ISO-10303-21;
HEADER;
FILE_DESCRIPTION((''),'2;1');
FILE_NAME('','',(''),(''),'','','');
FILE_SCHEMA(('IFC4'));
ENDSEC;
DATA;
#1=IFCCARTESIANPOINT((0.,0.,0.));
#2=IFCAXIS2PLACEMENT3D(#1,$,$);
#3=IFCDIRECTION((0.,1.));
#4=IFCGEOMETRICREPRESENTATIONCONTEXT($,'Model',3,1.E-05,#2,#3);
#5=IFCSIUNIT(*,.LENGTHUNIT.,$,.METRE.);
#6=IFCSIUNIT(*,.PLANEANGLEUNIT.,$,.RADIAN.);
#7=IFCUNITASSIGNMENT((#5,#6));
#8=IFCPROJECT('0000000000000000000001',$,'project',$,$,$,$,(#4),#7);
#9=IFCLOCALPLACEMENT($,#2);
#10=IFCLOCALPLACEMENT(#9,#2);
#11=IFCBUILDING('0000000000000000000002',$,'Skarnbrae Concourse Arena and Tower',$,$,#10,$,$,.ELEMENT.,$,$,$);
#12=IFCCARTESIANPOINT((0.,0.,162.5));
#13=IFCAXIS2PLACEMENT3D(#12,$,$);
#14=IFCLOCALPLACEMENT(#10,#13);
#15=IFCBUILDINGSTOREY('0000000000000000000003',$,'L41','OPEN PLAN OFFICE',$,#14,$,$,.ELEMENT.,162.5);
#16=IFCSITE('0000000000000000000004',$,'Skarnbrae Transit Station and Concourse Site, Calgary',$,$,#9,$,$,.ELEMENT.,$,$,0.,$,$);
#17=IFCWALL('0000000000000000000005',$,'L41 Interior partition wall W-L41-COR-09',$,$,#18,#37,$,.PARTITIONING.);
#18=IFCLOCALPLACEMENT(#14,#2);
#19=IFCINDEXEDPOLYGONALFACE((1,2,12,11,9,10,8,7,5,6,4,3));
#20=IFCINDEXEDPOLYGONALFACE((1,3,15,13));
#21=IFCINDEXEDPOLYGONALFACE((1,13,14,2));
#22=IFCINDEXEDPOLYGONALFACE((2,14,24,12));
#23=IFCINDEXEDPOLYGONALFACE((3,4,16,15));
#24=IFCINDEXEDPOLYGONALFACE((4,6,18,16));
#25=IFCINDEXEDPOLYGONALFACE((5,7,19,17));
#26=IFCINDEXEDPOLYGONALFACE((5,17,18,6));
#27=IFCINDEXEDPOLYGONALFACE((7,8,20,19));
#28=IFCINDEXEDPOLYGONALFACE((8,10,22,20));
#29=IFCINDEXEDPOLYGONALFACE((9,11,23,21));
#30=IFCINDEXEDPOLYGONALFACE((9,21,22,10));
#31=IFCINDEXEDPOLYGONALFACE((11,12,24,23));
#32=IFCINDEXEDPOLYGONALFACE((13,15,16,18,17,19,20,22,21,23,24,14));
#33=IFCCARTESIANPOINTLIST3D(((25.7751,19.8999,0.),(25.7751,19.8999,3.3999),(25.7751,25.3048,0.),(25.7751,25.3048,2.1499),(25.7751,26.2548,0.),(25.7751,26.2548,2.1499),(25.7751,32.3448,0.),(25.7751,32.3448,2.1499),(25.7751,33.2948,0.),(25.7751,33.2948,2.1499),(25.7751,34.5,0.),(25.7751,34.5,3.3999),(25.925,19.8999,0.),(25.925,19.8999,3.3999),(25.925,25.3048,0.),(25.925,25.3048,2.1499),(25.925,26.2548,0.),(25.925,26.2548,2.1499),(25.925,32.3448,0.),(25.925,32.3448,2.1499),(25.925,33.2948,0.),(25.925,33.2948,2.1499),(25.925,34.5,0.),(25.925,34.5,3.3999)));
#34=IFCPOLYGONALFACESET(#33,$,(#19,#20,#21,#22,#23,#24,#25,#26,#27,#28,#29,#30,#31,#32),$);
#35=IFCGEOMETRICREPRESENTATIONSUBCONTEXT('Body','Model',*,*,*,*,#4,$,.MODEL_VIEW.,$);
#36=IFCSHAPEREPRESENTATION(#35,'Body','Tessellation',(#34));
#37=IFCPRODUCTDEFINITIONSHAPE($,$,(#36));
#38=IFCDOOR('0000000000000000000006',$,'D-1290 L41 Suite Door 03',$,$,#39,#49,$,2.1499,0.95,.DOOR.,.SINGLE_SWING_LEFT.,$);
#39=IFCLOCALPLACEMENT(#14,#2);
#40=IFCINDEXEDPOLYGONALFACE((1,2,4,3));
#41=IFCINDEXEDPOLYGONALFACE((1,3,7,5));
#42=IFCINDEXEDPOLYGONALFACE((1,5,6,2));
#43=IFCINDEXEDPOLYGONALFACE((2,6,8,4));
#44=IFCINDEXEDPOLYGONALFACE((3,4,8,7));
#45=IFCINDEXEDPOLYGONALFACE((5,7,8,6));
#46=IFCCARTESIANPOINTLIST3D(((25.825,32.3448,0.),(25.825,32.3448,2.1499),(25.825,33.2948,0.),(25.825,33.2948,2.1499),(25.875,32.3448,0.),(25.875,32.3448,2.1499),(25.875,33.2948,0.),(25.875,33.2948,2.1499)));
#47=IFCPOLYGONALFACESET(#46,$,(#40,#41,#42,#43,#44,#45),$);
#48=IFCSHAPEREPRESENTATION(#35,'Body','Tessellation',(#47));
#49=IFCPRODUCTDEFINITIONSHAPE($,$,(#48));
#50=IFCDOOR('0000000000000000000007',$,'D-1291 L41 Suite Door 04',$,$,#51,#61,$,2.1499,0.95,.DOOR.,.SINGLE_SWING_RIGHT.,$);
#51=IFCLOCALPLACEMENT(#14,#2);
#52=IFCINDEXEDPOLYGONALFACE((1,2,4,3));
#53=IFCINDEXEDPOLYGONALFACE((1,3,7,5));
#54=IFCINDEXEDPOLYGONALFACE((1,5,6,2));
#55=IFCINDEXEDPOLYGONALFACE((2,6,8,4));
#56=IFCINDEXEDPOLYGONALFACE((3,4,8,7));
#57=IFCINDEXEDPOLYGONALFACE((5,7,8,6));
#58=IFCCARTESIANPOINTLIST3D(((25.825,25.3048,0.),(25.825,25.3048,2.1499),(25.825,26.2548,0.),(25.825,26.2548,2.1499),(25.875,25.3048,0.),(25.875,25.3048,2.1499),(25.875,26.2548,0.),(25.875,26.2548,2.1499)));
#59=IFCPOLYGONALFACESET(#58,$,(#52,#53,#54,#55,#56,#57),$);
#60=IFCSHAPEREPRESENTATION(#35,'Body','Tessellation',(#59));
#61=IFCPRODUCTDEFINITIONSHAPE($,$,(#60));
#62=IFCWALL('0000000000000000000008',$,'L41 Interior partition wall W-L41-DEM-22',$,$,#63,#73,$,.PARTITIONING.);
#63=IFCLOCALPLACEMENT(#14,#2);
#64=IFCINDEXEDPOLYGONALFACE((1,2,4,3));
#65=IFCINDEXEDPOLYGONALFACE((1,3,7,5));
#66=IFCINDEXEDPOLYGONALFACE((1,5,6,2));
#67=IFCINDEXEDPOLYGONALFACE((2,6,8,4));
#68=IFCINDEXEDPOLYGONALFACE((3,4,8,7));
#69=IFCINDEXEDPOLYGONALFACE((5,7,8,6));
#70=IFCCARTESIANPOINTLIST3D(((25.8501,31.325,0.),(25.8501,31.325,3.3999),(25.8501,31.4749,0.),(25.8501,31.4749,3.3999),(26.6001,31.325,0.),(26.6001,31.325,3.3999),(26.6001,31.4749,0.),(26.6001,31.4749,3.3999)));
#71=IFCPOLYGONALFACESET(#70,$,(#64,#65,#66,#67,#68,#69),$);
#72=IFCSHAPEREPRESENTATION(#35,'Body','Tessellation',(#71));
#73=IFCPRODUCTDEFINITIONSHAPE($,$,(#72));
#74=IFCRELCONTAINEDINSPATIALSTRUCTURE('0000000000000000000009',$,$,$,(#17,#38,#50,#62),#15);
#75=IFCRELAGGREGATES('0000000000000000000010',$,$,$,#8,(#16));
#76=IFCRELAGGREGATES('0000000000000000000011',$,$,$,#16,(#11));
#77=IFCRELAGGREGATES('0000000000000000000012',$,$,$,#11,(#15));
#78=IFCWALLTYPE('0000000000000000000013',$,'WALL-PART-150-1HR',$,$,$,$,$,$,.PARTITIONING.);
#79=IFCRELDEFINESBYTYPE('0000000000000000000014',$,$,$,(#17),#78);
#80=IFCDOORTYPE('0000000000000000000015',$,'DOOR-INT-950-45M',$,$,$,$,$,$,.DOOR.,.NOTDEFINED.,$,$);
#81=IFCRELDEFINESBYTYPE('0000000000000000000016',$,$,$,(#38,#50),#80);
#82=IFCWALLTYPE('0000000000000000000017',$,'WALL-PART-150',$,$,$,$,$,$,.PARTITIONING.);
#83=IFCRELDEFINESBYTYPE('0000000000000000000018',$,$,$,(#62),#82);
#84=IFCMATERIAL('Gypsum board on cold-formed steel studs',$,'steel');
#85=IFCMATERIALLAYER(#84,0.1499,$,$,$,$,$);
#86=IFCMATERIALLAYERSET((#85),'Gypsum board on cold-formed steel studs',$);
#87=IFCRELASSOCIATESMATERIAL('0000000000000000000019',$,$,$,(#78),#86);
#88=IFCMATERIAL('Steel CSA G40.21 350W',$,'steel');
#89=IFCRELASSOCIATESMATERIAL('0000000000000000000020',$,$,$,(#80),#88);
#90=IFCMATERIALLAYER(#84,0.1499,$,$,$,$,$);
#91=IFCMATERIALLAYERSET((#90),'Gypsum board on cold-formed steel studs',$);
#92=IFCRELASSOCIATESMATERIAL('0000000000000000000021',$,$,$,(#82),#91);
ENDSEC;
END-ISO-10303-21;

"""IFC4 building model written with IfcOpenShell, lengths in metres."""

from ifc_helpers import new_model, si_unit, direction, frame, frame_2d, origin, place, context, subcontext, project, spatial, rectangle, extrude, source, transform, mapped, material, layer, layer_set, type_object, element, fill, save


model = new_model("IFC4")

# Units and contexts
model_context = context("Model", 3, precision=1e-05, world=origin(), true_north=direction((0.0, 1.0)))
body_context = subcontext(model_context, "Body", "Model", "MODEL_VIEW")
ifc_project = project(units=[si_unit("LENGTHUNIT", "METRE"), si_unit("PLANEANGLEUNIT", "RADIAN")], contexts=[model_context])

# Site, building, storey
site_placement = place(None, origin())
site = spatial("IfcSite", under=ifc_project, at=site_placement, Name="Skarnbrae Transit Station and Concourse Site, Calgary", CompositionType="ELEMENT", RefElevation=0.0)
building_placement = place(site_placement, origin())
building = spatial("IfcBuilding", under=site, at=building_placement, Name="Skarnbrae Concourse Arena and Tower", CompositionType="ELEMENT")
storey_placement = place(building_placement, frame((0.0, 0.0, 162.5)))
storey = spatial("IfcBuildingStorey", under=building, at=storey_placement, Name="L41", Description="OPEN PLAN OFFICE", CompositionType="ELEMENT", Elevation=162.5)

# Shared definitions
ifc_material_1 = material(Name="Steel CSA G40.21 350W", Category="steel")

# Shared definitions
ifc_material_2 = material(Name="Gypsum board on cold-formed steel studs", Category="steel")
ifc_layer_1 = layer(ifc_material_2, 0.1499)
ifc_layer_set_1 = layer_set([ifc_layer_1], Name="Gypsum board on cold-formed steel studs")
wall_type_1 = type_object("IfcWallType", Name="WALL-PART-150-1HR", PredefinedType="PARTITIONING", material=ifc_layer_set_1)

# Wall, openings, doors
shared_shape_1 = source(origin(), body_context, "Body", "SweptSolid", [
    extrude(rectangle(XDim=14.6001, YDim=0.1499, at=frame_2d((7.3, 0.0))), origin(), (0.0, 0.0, 1.0), 3.3999),
])
wall_1_placement = place(storey_placement, frame((25.8501, 34.5, 0.0), z_axis=(0.0, 0.0, 1.0), x_axis=(0.0, -1.0, 0.0)))
wall_1 = element("IfcWall", 1, at=wall_1_placement, inside=storey, type_object=wall_type_1, Name="L41 Interior partition wall W-L41-COR-09", PredefinedType="PARTITIONING", context=body_context, shape_type="MappedRepresentation", body=[
    mapped(shared_shape_1, transform((0.0, 0.0, 0.0))),
])
opening_1_placement = place(wall_1_placement, frame((1.2051, 0.0, 0.0)))
opening_1 = element("IfcOpeningElement", 2, at=opening_1_placement, cuts=wall_1, PredefinedType="OPENING", context=body_context, shape_type="SweptSolid", body=[
    extrude(rectangle(XDim=0.95, YDim=2.1499, at=frame_2d((0.4751, 1.075))), frame((0.0, 0.085, 0.0), z_axis=(0.0, -1.0, 0.0), x_axis=(1.0, 0.0, 0.0)), (0.0, 0.0, 1.0), 0.1699),
])
opening_2_placement = place(wall_1_placement, frame((8.2451, 0.0, 0.0)))
opening_2 = element("IfcOpeningElement", 3, at=opening_2_placement, cuts=wall_1, PredefinedType="OPENING", context=body_context, shape_type="SweptSolid", body=[
    extrude(rectangle(XDim=0.95, YDim=2.1499, at=frame_2d((0.4751, 1.075))), frame((0.0, 0.085, 0.0), z_axis=(0.0, -1.0, 0.0), x_axis=(1.0, 0.0, 0.0)), (0.0, 0.0, 1.0), 0.1699),
])
door_type = type_object("IfcDoorType", Name="DOOR-INT-950-45M", OperationType="NOTDEFINED", PredefinedType="DOOR", material=ifc_material_1)
shared_shape_2 = source(origin(), body_context, "Body", "SweptSolid", [
    extrude(rectangle(XDim=0.95, YDim=2.1499, at=frame_2d((0.4751, 1.075))), frame((0.0, 0.0249, 0.0), z_axis=(0.0, -1.0, 0.0), x_axis=(1.0, 0.0, 0.0)), (0.0, 0.0, 1.0), 0.05),
])
door_1_placement = place(opening_1_placement, origin())
door_1 = element("IfcDoor", 4, at=door_1_placement, inside=storey, type_object=door_type, Name="D-1290 L41 Suite Door 03", OperationType="SINGLE_SWING_LEFT", OverallHeight=2.1499, OverallWidth=0.95, PredefinedType="DOOR", context=body_context, shape_type="MappedRepresentation", body=[
    mapped(shared_shape_2, transform((0.0, 0.0, 0.0))),
])
fill(opening_1, door_1)
door_2_placement = place(opening_2_placement, origin())
door_2 = element("IfcDoor", 5, at=door_2_placement, inside=storey, type_object=door_type, Name="D-1291 L41 Suite Door 04", OperationType="SINGLE_SWING_RIGHT", OverallHeight=2.1499, OverallWidth=0.95, PredefinedType="DOOR", context=body_context, shape_type="MappedRepresentation", body=[
    mapped(shared_shape_2, transform((0.0, 0.0, 0.0))),
])
fill(opening_2, door_2)

# Wall
ifc_layer_2 = layer(ifc_material_2, 0.1499)
ifc_layer_set_2 = layer_set([ifc_layer_2], Name="Gypsum board on cold-formed steel studs")
wall_type_2 = type_object("IfcWallType", Name="WALL-PART-150", PredefinedType="PARTITIONING", material=ifc_layer_set_2)
shared_shape_3 = source(origin(), body_context, "Body", "SweptSolid", [
    extrude(rectangle(XDim=0.75, YDim=0.1499, at=frame_2d((0.375, 0.0))), origin(), (0.0, 0.0, 1.0), 3.3999),
])
wall_2_placement = place(storey_placement, frame((26.6001, 31.3999, 0.0), z_axis=(0.0, 0.0, 1.0), x_axis=(-1.0, 0.0, 0.0)))
element("IfcWall", 6, at=wall_2_placement, inside=storey, type_object=wall_type_2, Name="L41 Interior partition wall W-L41-DEM-22", PredefinedType="PARTITIONING", context=body_context, shape_type="MappedRepresentation", body=[
    mapped(shared_shape_3, transform((0.0, 0.0, 0.0))),
])

save(model, "model.ifc")
